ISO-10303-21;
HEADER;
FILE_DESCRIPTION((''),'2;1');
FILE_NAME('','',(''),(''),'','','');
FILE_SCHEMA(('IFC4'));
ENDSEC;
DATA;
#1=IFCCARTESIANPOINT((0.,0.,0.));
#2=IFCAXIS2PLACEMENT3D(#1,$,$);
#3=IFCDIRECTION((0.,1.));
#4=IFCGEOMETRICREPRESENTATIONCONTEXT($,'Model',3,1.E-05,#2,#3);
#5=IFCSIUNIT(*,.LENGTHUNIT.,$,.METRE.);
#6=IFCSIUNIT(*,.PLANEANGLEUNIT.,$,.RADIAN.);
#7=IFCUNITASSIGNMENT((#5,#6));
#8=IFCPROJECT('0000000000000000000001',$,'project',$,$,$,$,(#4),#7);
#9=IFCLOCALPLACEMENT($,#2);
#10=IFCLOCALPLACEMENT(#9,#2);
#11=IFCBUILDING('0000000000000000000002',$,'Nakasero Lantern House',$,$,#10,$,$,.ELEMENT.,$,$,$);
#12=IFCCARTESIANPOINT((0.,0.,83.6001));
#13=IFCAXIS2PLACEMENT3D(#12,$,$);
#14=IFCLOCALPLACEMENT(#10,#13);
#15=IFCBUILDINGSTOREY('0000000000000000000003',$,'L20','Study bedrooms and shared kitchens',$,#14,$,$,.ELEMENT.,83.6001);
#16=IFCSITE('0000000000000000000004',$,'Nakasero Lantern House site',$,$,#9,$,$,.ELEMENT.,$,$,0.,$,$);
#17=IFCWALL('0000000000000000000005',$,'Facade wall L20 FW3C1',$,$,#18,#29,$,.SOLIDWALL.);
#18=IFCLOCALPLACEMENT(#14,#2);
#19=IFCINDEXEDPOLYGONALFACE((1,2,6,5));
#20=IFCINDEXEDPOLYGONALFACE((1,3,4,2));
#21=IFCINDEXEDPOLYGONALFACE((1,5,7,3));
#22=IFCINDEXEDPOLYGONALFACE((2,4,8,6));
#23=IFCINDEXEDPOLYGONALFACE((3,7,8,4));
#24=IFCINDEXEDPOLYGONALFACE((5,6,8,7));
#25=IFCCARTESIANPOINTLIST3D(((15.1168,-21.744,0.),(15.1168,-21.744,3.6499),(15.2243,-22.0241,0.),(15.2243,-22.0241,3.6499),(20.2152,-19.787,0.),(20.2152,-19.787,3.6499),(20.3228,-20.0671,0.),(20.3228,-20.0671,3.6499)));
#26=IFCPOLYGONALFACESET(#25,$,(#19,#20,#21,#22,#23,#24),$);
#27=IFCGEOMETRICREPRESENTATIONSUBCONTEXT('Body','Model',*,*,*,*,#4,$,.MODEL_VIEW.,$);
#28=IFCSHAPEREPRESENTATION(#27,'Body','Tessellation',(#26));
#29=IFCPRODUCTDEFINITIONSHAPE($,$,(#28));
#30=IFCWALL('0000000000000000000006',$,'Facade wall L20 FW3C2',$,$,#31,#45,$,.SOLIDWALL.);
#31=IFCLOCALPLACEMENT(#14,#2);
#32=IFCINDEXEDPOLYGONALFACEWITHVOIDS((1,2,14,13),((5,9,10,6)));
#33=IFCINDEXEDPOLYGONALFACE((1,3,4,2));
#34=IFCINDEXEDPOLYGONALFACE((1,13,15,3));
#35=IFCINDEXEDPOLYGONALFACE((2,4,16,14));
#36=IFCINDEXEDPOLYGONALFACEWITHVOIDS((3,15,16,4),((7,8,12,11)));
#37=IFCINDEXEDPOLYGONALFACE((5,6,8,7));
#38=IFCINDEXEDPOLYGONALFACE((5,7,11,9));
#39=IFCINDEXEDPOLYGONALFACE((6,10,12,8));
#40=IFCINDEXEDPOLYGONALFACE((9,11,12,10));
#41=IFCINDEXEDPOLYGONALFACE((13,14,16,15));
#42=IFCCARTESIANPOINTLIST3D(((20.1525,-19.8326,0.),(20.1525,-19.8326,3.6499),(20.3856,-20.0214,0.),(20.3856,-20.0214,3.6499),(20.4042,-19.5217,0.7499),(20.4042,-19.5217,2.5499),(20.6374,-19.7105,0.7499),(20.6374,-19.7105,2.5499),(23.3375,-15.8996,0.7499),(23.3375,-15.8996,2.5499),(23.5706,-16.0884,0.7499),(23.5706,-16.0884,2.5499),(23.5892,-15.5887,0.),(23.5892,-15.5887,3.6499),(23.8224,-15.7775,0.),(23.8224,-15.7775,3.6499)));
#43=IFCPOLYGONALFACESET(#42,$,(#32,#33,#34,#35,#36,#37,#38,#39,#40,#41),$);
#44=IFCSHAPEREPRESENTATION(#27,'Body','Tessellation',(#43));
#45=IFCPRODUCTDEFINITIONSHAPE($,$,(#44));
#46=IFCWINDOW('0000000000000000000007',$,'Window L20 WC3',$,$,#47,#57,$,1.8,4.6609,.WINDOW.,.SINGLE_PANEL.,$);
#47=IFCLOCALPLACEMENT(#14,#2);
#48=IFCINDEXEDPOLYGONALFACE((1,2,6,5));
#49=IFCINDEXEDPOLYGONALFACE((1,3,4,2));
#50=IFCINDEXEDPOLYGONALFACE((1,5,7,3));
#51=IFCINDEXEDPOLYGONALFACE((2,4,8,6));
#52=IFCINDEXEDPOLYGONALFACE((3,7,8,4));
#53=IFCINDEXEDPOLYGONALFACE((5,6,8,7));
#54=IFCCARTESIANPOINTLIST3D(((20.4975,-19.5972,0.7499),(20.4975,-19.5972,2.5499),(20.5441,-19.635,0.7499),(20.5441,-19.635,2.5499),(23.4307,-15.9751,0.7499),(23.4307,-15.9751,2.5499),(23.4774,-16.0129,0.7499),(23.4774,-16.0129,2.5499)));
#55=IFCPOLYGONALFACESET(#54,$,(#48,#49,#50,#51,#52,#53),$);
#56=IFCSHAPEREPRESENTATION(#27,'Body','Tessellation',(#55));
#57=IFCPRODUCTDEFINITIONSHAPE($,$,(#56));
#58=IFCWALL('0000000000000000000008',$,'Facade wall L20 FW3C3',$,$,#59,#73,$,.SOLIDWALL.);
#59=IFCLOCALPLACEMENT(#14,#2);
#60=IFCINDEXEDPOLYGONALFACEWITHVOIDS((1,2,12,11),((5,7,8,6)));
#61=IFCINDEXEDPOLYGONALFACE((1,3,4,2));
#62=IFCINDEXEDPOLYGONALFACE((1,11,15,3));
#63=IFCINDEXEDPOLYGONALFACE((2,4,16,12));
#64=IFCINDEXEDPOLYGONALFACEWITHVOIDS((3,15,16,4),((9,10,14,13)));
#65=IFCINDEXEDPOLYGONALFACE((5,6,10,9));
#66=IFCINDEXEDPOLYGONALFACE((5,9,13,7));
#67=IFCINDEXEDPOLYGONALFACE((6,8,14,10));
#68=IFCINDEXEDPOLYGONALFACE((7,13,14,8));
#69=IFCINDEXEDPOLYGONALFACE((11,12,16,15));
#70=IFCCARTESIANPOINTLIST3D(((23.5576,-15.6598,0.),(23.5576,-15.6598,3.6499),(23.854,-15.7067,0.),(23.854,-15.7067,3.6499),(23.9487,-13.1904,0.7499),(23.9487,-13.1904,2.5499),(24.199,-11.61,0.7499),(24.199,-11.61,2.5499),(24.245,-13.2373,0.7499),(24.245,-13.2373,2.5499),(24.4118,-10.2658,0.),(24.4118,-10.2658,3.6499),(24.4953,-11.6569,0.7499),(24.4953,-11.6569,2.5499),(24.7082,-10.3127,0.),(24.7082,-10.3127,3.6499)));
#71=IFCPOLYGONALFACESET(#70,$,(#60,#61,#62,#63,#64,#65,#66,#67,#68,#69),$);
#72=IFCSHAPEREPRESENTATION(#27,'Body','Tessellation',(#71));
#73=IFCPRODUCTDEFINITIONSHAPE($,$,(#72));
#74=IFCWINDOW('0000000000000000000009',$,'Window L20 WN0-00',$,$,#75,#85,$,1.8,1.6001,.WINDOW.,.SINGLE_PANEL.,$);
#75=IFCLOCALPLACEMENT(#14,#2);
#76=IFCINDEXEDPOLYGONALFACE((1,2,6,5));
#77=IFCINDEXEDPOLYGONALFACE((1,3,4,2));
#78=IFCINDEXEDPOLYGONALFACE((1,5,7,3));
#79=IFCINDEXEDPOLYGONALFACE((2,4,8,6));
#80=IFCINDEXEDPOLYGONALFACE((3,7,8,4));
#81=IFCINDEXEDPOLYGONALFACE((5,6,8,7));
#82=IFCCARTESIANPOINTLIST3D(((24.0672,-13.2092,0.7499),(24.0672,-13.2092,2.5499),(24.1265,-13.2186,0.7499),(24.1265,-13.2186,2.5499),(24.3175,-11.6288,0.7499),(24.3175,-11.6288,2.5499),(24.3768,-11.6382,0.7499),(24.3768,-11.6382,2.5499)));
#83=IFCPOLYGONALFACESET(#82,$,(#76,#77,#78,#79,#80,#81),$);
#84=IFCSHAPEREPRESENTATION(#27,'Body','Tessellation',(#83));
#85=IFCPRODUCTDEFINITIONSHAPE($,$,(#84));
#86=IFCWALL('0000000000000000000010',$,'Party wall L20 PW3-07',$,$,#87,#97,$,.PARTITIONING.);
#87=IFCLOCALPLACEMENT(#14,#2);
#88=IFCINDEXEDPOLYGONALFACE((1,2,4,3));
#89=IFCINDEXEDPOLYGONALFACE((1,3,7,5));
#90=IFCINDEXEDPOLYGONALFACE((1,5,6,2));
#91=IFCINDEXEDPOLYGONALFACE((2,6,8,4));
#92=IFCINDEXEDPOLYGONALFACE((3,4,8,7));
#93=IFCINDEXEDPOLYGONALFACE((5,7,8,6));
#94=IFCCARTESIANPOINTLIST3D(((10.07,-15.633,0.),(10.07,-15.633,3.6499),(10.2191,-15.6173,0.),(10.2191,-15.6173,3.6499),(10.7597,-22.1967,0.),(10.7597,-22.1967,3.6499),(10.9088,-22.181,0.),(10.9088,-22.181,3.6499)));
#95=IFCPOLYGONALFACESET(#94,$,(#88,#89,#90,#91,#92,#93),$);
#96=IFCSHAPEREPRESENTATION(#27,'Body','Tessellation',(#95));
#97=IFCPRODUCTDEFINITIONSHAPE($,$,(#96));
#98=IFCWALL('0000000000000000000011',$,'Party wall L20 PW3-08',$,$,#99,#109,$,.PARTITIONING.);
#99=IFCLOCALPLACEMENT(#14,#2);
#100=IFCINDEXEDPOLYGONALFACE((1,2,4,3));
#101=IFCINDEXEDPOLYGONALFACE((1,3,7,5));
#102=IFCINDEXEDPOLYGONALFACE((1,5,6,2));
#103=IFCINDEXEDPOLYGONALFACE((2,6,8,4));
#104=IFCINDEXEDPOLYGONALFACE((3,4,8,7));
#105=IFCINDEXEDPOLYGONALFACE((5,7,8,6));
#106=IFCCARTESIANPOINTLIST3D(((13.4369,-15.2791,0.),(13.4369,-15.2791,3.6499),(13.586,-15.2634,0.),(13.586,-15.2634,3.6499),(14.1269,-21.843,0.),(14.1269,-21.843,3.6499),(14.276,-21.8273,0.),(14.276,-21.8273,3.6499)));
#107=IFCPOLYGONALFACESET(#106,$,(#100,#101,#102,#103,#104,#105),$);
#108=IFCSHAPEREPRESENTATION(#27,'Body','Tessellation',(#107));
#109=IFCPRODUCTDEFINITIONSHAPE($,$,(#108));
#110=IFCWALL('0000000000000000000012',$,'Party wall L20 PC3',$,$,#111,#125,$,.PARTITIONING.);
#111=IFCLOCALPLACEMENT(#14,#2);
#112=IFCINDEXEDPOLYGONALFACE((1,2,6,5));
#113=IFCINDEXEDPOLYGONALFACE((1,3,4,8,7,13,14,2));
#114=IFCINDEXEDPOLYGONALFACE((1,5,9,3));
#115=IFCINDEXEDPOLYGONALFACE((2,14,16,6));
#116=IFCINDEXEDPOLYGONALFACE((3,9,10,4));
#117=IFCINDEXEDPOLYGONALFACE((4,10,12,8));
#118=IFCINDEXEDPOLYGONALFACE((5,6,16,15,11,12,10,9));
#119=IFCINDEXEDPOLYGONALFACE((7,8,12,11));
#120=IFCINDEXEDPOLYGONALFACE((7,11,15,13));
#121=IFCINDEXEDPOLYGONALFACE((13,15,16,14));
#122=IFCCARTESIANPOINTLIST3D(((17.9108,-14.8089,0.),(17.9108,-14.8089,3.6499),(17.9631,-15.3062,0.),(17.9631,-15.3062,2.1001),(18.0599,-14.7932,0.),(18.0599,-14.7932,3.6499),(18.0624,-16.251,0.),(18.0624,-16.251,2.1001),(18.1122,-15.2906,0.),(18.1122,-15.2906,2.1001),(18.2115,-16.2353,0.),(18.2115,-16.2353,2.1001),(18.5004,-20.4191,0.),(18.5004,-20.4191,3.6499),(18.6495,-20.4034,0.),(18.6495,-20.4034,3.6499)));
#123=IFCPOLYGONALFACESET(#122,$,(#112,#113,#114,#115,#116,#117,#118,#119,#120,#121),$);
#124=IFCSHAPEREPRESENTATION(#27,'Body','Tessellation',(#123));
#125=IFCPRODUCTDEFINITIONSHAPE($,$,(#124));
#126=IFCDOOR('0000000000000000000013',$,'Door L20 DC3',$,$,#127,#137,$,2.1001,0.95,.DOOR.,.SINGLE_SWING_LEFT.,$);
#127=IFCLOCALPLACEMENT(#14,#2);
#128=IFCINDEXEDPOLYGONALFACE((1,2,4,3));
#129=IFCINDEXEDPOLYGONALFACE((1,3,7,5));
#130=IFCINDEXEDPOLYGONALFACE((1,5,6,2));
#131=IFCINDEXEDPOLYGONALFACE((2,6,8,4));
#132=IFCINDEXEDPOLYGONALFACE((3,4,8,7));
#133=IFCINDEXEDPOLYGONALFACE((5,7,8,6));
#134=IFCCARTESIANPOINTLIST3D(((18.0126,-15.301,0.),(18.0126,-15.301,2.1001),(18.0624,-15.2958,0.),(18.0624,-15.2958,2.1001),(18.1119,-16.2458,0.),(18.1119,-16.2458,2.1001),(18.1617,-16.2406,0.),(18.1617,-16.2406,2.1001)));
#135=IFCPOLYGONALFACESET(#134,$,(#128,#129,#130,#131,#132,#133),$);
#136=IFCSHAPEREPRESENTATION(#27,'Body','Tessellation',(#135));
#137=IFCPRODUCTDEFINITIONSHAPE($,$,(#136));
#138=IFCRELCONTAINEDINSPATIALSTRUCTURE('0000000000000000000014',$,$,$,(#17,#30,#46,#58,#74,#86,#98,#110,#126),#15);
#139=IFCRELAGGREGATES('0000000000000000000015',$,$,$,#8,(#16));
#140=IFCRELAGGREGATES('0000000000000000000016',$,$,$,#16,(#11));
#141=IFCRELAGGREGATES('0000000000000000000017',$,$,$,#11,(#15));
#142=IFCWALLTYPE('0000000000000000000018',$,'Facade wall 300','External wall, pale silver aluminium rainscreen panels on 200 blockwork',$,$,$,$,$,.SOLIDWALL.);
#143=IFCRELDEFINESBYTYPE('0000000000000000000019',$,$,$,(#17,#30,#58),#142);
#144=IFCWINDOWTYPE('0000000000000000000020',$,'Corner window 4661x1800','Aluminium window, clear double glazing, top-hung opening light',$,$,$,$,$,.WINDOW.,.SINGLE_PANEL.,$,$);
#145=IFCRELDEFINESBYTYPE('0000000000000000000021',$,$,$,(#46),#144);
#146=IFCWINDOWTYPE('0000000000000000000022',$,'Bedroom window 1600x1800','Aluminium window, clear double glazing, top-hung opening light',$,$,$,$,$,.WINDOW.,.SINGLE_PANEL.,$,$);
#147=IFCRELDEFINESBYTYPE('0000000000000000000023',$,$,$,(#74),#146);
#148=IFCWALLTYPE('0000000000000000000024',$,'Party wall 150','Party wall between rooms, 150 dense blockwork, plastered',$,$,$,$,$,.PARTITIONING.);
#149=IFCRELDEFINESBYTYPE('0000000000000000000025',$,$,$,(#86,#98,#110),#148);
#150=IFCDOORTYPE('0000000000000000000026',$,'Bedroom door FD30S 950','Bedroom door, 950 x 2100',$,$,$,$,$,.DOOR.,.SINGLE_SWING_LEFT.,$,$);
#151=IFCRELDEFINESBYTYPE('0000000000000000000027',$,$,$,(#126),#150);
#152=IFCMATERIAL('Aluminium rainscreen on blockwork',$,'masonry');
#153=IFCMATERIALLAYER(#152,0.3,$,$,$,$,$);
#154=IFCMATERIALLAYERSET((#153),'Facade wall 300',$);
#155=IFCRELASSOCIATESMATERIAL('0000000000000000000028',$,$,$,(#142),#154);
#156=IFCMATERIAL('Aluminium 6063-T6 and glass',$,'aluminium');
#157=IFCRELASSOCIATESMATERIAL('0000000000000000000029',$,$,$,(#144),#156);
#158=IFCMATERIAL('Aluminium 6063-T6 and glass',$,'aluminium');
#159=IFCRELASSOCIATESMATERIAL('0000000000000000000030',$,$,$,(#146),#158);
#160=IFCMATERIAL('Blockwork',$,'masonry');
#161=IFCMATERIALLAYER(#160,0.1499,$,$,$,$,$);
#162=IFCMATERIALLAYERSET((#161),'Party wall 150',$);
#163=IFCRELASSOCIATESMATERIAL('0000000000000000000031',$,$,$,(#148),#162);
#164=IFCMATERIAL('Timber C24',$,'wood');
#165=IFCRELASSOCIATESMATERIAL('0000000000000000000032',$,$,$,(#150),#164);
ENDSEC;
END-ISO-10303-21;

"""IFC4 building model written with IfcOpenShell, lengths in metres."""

from ifc_helpers import new_model, si_unit, direction, frame, frame_2d, origin, place, context, subcontext, project, spatial, rectangle, extrude, material, layer, layer_set, type_object, element, fill, save


model = new_model("IFC4")

# Units and contexts
model_context = context("Model", 3, precision=1e-05, world=origin(), true_north=direction((0.0, 1.0)))
body_context = subcontext(model_context, "Body", "Model", "MODEL_VIEW")
ifc_project = project(units=[si_unit("LENGTHUNIT", "METRE"), si_unit("PLANEANGLEUNIT", "RADIAN")], contexts=[model_context])

# Site, building, storey
site_placement = place(None, origin())
site = spatial("IfcSite", under=ifc_project, at=site_placement, Name="Nakasero Lantern House site", CompositionType="ELEMENT", RefElevation=0.0)
building_placement = place(site_placement, origin())
building = spatial("IfcBuilding", under=site, at=building_placement, Name="Nakasero Lantern House", CompositionType="ELEMENT")
storey_placement = place(building_placement, frame((0.0, 0.0, 83.6001)))
storey = spatial("IfcBuildingStorey", under=building, at=storey_placement, Name="L20", Description="Study bedrooms and shared kitchens", CompositionType="ELEMENT", Elevation=83.6001)

# Wall
ifc_material_1 = material(Name="Aluminium rainscreen on blockwork", Category="masonry")
ifc_layer_1 = layer(ifc_material_1, 0.3)
ifc_layer_set_1 = layer_set([ifc_layer_1], Name="Facade wall 300")
wall_type_1 = type_object("IfcWallType", Name="Facade wall 300", Description="External wall, pale silver aluminium rainscreen panels on 200 blockwork", PredefinedType="SOLIDWALL", material=ifc_layer_set_1)
wall_1_placement = place(storey_placement, frame((15.1707, -21.884, 0.0), z_axis=(0.0, 0.0, 1.0), x_axis=(0.933584, 0.358359, 0.0)))
element("IfcWall", 1, at=wall_1_placement, inside=storey, type_object=wall_type_1, Name="Facade wall L20 FW3C1", PredefinedType="SOLIDWALL", context=body_context, shape_type="SweptSolid", body=[
    extrude(rectangle(XDim=5.4612, YDim=0.3, at=frame_2d((2.7305, 0.0))), origin(), (0.0, 0.0, 1.0), 3.6499),
])

# Walls, openings, windows
wall_2_placement = place(storey_placement, frame((20.269, -19.927, 0.0), z_axis=(0.0, 0.0, 1.0), x_axis=(0.629335, 0.777135, 0.0)))
wall_2 = element("IfcWall", 2, at=wall_2_placement, inside=storey, type_object=wall_type_1, Name="Facade wall L20 FW3C2", PredefinedType="SOLIDWALL", context=body_context, shape_type="SweptSolid", body=[
    extrude(rectangle(XDim=5.4609, YDim=0.3, at=frame_2d((2.7305, 0.0))), origin(), (0.0, 0.0, 1.0), 3.6499),
])
opening_1_placement = place(wall_2_placement, frame((0.3999, 0.0, 0.75)))
opening_1 = element("IfcOpeningElement", 3, at=opening_1_placement, cuts=wall_2, PredefinedType="OPENING", context=body_context, shape_type="SweptSolid", body=[
    extrude(rectangle(XDim=4.6609, YDim=1.8, at=frame_2d((2.3306, 0.8999))), frame((0.0, 0.1699, 0.0), z_axis=(0.0, -1.0, 0.0), x_axis=(1.0, 0.0, 0.0)), (0.0, 0.0, 1.0), 0.3401),
])
ifc_material_2 = material(Name="Aluminium 6063-T6 and glass", Category="aluminium")
window_type_1 = type_object("IfcWindowType", Name="Corner window 4661x1800", Description="Aluminium window, clear double glazing, top-hung opening light", PartitioningType="SINGLE_PANEL", PredefinedType="WINDOW", material=ifc_material_2)
window_1_placement = place(opening_1_placement, origin())
window_1 = element("IfcWindow", 4, at=window_1_placement, inside=storey, type_object=window_type_1, Name="Window L20 WC3", OverallHeight=1.8, OverallWidth=4.6609, PartitioningType="SINGLE_PANEL", PredefinedType="WINDOW", context=body_context, shape_type="SweptSolid", body=[
    extrude(rectangle(XDim=4.6609, YDim=1.8, at=frame_2d((2.3306, 0.8999))), frame((0.0, 0.03, 0.0), z_axis=(0.0, -1.0, 0.0), x_axis=(1.0, 0.0, 0.0)), (0.0, 0.0, 1.0), 0.0601),
])
fill(opening_1, window_1)
wall_3_placement = place(storey_placement, frame((23.7058, -15.6831, 0.0), z_axis=(0.0, 0.0, 1.0), x_axis=(0.156419, 0.987691, 0.0)))
wall_3 = element("IfcWall", 5, at=wall_3_placement, inside=storey, type_object=wall_type_1, Name="Facade wall L20 FW3C3", PredefinedType="SOLIDWALL", context=body_context, shape_type="SweptSolid", body=[
    extrude(rectangle(XDim=5.4612, YDim=0.3, at=frame_2d((2.7305, 0.0))), origin(), (0.0, 0.0, 1.0), 3.6499),
])
opening_2_placement = place(wall_3_placement, frame((2.5, 0.0, 0.75)))
opening_2 = element("IfcOpeningElement", 6, at=opening_2_placement, cuts=wall_3, PredefinedType="OPENING", context=body_context, shape_type="SweptSolid", body=[
    extrude(rectangle(XDim=1.6001, YDim=1.8, at=frame_2d((0.8, 0.8999))), frame((0.0, 0.1699, 0.0), z_axis=(0.0, -1.0, 0.0), x_axis=(1.0, 0.0, 0.0)), (0.0, 0.0, 1.0), 0.3401),
])
ifc_material_3 = material(Name="Aluminium 6063-T6 and glass", Category="aluminium")
window_type_2 = type_object("IfcWindowType", Name="Bedroom window 1600x1800", Description="Aluminium window, clear double glazing, top-hung opening light", PartitioningType="SINGLE_PANEL", PredefinedType="WINDOW", material=ifc_material_3)
window_2_placement = place(opening_2_placement, origin())
window_2 = element("IfcWindow", 7, at=window_2_placement, inside=storey, type_object=window_type_2, Name="Window L20 WN0-00", OverallHeight=1.8, OverallWidth=1.6001, PartitioningType="SINGLE_PANEL", PredefinedType="WINDOW", context=body_context, shape_type="SweptSolid", body=[
    extrude(rectangle(XDim=1.6001, YDim=1.8, at=frame_2d((0.8, 0.8999))), frame((0.0, 0.03, 0.0), z_axis=(0.0, -1.0, 0.0), x_axis=(1.0, 0.0, 0.0)), (0.0, 0.0, 1.0), 0.0601),
])
fill(opening_2, window_2)

# Walls
ifc_material_4 = material(Name="Blockwork", Category="masonry")
ifc_layer_2 = layer(ifc_material_4, 0.1499)
ifc_layer_set_2 = layer_set([ifc_layer_2], Name="Party wall 150")
wall_type_2 = type_object("IfcWallType", Name="Party wall 150", Description="Party wall between rooms, 150 dense blockwork, plastered", PredefinedType="PARTITIONING", material=ifc_layer_set_2)
wall_4_placement = place(storey_placement, frame((10.1445, -15.6252, 0.0), z_axis=(0.0, 0.0, 1.0), x_axis=(0.104502, -0.994525, 0.0)))
element("IfcWall", 8, at=wall_4_placement, inside=storey, type_object=wall_type_2, Name="Party wall L20 PW3-07", PredefinedType="PARTITIONING", context=body_context, shape_type="SweptSolid", body=[
    extrude(rectangle(XDim=6.5999, YDim=0.1499, at=frame_2d((3.2998, 0.0))), origin(), (0.0, 0.0, 1.0), 3.6499),
])
wall_5_placement = place(storey_placement, frame((13.5115, -15.2712, 0.0), z_axis=(0.0, 0.0, 1.0), x_axis=(0.104535, -0.994521, 0.0)))
element("IfcWall", 9, at=wall_5_placement, inside=storey, type_object=wall_type_2, Name="Party wall L20 PW3-08", PredefinedType="PARTITIONING", context=body_context, shape_type="SweptSolid", body=[
    extrude(rectangle(XDim=6.6001, YDim=0.1499, at=frame_2d((3.3, 0.0))), origin(), (0.0, 0.0, 1.0), 3.6499),
])

# Wall, opening, door
wall_6_placement = place(storey_placement, frame((17.9854, -14.801, 0.0), z_axis=(0.0, 0.0, 1.0), x_axis=(0.10452, -0.994523, 0.0)))
wall_6 = element("IfcWall", 10, at=wall_6_placement, inside=storey, type_object=wall_type_2, Name="Party wall L20 PC3", PredefinedType="PARTITIONING", context=body_context, shape_type="SweptSolid", body=[
    extrude(rectangle(XDim=5.6411, YDim=0.1499, at=frame_2d((2.8206, 0.0))), origin(), (0.0, 0.0, 1.0), 3.6499),
])
opening_3_placement = place(wall_6_placement, frame((0.5, 0.0, 0.0)))
opening_3 = element("IfcOpeningElement", 11, at=opening_3_placement, cuts=wall_6, PredefinedType="OPENING", context=body_context, shape_type="SweptSolid", body=[
    extrude(rectangle(XDim=0.95, YDim=2.1001, at=frame_2d((0.4751, 1.05))), frame((0.0, 0.095, 0.0), z_axis=(0.0, -1.0, 0.0), x_axis=(1.0, 0.0, 0.0)), (0.0, 0.0, 1.0), 0.1899),
])
ifc_material_5 = material(Name="Timber C24", Category="wood")
door_type_1 = type_object("IfcDoorType", Name="Bedroom door FD30S 950", Description="Bedroom door, 950 x 2100", OperationType="SINGLE_SWING_LEFT", PredefinedType="DOOR", material=ifc_material_5)
door_1_placement = place(opening_3_placement, origin())
door_1 = element("IfcDoor", 12, at=door_1_placement, inside=storey, type_object=door_type_1, Name="Door L20 DC3", OperationType="SINGLE_SWING_LEFT", OverallHeight=2.1001, OverallWidth=0.95, PredefinedType="DOOR", context=body_context, shape_type="SweptSolid", body=[
    extrude(rectangle(XDim=0.95, YDim=2.1001, at=frame_2d((0.4751, 1.05))), frame((0.0, 0.0249, 0.0), z_axis=(0.0, -1.0, 0.0), x_axis=(1.0, 0.0, 0.0)), (0.0, 0.0, 1.0), 0.05),
])
fill(opening_3, door_1)

save(model, "model.ifc")
